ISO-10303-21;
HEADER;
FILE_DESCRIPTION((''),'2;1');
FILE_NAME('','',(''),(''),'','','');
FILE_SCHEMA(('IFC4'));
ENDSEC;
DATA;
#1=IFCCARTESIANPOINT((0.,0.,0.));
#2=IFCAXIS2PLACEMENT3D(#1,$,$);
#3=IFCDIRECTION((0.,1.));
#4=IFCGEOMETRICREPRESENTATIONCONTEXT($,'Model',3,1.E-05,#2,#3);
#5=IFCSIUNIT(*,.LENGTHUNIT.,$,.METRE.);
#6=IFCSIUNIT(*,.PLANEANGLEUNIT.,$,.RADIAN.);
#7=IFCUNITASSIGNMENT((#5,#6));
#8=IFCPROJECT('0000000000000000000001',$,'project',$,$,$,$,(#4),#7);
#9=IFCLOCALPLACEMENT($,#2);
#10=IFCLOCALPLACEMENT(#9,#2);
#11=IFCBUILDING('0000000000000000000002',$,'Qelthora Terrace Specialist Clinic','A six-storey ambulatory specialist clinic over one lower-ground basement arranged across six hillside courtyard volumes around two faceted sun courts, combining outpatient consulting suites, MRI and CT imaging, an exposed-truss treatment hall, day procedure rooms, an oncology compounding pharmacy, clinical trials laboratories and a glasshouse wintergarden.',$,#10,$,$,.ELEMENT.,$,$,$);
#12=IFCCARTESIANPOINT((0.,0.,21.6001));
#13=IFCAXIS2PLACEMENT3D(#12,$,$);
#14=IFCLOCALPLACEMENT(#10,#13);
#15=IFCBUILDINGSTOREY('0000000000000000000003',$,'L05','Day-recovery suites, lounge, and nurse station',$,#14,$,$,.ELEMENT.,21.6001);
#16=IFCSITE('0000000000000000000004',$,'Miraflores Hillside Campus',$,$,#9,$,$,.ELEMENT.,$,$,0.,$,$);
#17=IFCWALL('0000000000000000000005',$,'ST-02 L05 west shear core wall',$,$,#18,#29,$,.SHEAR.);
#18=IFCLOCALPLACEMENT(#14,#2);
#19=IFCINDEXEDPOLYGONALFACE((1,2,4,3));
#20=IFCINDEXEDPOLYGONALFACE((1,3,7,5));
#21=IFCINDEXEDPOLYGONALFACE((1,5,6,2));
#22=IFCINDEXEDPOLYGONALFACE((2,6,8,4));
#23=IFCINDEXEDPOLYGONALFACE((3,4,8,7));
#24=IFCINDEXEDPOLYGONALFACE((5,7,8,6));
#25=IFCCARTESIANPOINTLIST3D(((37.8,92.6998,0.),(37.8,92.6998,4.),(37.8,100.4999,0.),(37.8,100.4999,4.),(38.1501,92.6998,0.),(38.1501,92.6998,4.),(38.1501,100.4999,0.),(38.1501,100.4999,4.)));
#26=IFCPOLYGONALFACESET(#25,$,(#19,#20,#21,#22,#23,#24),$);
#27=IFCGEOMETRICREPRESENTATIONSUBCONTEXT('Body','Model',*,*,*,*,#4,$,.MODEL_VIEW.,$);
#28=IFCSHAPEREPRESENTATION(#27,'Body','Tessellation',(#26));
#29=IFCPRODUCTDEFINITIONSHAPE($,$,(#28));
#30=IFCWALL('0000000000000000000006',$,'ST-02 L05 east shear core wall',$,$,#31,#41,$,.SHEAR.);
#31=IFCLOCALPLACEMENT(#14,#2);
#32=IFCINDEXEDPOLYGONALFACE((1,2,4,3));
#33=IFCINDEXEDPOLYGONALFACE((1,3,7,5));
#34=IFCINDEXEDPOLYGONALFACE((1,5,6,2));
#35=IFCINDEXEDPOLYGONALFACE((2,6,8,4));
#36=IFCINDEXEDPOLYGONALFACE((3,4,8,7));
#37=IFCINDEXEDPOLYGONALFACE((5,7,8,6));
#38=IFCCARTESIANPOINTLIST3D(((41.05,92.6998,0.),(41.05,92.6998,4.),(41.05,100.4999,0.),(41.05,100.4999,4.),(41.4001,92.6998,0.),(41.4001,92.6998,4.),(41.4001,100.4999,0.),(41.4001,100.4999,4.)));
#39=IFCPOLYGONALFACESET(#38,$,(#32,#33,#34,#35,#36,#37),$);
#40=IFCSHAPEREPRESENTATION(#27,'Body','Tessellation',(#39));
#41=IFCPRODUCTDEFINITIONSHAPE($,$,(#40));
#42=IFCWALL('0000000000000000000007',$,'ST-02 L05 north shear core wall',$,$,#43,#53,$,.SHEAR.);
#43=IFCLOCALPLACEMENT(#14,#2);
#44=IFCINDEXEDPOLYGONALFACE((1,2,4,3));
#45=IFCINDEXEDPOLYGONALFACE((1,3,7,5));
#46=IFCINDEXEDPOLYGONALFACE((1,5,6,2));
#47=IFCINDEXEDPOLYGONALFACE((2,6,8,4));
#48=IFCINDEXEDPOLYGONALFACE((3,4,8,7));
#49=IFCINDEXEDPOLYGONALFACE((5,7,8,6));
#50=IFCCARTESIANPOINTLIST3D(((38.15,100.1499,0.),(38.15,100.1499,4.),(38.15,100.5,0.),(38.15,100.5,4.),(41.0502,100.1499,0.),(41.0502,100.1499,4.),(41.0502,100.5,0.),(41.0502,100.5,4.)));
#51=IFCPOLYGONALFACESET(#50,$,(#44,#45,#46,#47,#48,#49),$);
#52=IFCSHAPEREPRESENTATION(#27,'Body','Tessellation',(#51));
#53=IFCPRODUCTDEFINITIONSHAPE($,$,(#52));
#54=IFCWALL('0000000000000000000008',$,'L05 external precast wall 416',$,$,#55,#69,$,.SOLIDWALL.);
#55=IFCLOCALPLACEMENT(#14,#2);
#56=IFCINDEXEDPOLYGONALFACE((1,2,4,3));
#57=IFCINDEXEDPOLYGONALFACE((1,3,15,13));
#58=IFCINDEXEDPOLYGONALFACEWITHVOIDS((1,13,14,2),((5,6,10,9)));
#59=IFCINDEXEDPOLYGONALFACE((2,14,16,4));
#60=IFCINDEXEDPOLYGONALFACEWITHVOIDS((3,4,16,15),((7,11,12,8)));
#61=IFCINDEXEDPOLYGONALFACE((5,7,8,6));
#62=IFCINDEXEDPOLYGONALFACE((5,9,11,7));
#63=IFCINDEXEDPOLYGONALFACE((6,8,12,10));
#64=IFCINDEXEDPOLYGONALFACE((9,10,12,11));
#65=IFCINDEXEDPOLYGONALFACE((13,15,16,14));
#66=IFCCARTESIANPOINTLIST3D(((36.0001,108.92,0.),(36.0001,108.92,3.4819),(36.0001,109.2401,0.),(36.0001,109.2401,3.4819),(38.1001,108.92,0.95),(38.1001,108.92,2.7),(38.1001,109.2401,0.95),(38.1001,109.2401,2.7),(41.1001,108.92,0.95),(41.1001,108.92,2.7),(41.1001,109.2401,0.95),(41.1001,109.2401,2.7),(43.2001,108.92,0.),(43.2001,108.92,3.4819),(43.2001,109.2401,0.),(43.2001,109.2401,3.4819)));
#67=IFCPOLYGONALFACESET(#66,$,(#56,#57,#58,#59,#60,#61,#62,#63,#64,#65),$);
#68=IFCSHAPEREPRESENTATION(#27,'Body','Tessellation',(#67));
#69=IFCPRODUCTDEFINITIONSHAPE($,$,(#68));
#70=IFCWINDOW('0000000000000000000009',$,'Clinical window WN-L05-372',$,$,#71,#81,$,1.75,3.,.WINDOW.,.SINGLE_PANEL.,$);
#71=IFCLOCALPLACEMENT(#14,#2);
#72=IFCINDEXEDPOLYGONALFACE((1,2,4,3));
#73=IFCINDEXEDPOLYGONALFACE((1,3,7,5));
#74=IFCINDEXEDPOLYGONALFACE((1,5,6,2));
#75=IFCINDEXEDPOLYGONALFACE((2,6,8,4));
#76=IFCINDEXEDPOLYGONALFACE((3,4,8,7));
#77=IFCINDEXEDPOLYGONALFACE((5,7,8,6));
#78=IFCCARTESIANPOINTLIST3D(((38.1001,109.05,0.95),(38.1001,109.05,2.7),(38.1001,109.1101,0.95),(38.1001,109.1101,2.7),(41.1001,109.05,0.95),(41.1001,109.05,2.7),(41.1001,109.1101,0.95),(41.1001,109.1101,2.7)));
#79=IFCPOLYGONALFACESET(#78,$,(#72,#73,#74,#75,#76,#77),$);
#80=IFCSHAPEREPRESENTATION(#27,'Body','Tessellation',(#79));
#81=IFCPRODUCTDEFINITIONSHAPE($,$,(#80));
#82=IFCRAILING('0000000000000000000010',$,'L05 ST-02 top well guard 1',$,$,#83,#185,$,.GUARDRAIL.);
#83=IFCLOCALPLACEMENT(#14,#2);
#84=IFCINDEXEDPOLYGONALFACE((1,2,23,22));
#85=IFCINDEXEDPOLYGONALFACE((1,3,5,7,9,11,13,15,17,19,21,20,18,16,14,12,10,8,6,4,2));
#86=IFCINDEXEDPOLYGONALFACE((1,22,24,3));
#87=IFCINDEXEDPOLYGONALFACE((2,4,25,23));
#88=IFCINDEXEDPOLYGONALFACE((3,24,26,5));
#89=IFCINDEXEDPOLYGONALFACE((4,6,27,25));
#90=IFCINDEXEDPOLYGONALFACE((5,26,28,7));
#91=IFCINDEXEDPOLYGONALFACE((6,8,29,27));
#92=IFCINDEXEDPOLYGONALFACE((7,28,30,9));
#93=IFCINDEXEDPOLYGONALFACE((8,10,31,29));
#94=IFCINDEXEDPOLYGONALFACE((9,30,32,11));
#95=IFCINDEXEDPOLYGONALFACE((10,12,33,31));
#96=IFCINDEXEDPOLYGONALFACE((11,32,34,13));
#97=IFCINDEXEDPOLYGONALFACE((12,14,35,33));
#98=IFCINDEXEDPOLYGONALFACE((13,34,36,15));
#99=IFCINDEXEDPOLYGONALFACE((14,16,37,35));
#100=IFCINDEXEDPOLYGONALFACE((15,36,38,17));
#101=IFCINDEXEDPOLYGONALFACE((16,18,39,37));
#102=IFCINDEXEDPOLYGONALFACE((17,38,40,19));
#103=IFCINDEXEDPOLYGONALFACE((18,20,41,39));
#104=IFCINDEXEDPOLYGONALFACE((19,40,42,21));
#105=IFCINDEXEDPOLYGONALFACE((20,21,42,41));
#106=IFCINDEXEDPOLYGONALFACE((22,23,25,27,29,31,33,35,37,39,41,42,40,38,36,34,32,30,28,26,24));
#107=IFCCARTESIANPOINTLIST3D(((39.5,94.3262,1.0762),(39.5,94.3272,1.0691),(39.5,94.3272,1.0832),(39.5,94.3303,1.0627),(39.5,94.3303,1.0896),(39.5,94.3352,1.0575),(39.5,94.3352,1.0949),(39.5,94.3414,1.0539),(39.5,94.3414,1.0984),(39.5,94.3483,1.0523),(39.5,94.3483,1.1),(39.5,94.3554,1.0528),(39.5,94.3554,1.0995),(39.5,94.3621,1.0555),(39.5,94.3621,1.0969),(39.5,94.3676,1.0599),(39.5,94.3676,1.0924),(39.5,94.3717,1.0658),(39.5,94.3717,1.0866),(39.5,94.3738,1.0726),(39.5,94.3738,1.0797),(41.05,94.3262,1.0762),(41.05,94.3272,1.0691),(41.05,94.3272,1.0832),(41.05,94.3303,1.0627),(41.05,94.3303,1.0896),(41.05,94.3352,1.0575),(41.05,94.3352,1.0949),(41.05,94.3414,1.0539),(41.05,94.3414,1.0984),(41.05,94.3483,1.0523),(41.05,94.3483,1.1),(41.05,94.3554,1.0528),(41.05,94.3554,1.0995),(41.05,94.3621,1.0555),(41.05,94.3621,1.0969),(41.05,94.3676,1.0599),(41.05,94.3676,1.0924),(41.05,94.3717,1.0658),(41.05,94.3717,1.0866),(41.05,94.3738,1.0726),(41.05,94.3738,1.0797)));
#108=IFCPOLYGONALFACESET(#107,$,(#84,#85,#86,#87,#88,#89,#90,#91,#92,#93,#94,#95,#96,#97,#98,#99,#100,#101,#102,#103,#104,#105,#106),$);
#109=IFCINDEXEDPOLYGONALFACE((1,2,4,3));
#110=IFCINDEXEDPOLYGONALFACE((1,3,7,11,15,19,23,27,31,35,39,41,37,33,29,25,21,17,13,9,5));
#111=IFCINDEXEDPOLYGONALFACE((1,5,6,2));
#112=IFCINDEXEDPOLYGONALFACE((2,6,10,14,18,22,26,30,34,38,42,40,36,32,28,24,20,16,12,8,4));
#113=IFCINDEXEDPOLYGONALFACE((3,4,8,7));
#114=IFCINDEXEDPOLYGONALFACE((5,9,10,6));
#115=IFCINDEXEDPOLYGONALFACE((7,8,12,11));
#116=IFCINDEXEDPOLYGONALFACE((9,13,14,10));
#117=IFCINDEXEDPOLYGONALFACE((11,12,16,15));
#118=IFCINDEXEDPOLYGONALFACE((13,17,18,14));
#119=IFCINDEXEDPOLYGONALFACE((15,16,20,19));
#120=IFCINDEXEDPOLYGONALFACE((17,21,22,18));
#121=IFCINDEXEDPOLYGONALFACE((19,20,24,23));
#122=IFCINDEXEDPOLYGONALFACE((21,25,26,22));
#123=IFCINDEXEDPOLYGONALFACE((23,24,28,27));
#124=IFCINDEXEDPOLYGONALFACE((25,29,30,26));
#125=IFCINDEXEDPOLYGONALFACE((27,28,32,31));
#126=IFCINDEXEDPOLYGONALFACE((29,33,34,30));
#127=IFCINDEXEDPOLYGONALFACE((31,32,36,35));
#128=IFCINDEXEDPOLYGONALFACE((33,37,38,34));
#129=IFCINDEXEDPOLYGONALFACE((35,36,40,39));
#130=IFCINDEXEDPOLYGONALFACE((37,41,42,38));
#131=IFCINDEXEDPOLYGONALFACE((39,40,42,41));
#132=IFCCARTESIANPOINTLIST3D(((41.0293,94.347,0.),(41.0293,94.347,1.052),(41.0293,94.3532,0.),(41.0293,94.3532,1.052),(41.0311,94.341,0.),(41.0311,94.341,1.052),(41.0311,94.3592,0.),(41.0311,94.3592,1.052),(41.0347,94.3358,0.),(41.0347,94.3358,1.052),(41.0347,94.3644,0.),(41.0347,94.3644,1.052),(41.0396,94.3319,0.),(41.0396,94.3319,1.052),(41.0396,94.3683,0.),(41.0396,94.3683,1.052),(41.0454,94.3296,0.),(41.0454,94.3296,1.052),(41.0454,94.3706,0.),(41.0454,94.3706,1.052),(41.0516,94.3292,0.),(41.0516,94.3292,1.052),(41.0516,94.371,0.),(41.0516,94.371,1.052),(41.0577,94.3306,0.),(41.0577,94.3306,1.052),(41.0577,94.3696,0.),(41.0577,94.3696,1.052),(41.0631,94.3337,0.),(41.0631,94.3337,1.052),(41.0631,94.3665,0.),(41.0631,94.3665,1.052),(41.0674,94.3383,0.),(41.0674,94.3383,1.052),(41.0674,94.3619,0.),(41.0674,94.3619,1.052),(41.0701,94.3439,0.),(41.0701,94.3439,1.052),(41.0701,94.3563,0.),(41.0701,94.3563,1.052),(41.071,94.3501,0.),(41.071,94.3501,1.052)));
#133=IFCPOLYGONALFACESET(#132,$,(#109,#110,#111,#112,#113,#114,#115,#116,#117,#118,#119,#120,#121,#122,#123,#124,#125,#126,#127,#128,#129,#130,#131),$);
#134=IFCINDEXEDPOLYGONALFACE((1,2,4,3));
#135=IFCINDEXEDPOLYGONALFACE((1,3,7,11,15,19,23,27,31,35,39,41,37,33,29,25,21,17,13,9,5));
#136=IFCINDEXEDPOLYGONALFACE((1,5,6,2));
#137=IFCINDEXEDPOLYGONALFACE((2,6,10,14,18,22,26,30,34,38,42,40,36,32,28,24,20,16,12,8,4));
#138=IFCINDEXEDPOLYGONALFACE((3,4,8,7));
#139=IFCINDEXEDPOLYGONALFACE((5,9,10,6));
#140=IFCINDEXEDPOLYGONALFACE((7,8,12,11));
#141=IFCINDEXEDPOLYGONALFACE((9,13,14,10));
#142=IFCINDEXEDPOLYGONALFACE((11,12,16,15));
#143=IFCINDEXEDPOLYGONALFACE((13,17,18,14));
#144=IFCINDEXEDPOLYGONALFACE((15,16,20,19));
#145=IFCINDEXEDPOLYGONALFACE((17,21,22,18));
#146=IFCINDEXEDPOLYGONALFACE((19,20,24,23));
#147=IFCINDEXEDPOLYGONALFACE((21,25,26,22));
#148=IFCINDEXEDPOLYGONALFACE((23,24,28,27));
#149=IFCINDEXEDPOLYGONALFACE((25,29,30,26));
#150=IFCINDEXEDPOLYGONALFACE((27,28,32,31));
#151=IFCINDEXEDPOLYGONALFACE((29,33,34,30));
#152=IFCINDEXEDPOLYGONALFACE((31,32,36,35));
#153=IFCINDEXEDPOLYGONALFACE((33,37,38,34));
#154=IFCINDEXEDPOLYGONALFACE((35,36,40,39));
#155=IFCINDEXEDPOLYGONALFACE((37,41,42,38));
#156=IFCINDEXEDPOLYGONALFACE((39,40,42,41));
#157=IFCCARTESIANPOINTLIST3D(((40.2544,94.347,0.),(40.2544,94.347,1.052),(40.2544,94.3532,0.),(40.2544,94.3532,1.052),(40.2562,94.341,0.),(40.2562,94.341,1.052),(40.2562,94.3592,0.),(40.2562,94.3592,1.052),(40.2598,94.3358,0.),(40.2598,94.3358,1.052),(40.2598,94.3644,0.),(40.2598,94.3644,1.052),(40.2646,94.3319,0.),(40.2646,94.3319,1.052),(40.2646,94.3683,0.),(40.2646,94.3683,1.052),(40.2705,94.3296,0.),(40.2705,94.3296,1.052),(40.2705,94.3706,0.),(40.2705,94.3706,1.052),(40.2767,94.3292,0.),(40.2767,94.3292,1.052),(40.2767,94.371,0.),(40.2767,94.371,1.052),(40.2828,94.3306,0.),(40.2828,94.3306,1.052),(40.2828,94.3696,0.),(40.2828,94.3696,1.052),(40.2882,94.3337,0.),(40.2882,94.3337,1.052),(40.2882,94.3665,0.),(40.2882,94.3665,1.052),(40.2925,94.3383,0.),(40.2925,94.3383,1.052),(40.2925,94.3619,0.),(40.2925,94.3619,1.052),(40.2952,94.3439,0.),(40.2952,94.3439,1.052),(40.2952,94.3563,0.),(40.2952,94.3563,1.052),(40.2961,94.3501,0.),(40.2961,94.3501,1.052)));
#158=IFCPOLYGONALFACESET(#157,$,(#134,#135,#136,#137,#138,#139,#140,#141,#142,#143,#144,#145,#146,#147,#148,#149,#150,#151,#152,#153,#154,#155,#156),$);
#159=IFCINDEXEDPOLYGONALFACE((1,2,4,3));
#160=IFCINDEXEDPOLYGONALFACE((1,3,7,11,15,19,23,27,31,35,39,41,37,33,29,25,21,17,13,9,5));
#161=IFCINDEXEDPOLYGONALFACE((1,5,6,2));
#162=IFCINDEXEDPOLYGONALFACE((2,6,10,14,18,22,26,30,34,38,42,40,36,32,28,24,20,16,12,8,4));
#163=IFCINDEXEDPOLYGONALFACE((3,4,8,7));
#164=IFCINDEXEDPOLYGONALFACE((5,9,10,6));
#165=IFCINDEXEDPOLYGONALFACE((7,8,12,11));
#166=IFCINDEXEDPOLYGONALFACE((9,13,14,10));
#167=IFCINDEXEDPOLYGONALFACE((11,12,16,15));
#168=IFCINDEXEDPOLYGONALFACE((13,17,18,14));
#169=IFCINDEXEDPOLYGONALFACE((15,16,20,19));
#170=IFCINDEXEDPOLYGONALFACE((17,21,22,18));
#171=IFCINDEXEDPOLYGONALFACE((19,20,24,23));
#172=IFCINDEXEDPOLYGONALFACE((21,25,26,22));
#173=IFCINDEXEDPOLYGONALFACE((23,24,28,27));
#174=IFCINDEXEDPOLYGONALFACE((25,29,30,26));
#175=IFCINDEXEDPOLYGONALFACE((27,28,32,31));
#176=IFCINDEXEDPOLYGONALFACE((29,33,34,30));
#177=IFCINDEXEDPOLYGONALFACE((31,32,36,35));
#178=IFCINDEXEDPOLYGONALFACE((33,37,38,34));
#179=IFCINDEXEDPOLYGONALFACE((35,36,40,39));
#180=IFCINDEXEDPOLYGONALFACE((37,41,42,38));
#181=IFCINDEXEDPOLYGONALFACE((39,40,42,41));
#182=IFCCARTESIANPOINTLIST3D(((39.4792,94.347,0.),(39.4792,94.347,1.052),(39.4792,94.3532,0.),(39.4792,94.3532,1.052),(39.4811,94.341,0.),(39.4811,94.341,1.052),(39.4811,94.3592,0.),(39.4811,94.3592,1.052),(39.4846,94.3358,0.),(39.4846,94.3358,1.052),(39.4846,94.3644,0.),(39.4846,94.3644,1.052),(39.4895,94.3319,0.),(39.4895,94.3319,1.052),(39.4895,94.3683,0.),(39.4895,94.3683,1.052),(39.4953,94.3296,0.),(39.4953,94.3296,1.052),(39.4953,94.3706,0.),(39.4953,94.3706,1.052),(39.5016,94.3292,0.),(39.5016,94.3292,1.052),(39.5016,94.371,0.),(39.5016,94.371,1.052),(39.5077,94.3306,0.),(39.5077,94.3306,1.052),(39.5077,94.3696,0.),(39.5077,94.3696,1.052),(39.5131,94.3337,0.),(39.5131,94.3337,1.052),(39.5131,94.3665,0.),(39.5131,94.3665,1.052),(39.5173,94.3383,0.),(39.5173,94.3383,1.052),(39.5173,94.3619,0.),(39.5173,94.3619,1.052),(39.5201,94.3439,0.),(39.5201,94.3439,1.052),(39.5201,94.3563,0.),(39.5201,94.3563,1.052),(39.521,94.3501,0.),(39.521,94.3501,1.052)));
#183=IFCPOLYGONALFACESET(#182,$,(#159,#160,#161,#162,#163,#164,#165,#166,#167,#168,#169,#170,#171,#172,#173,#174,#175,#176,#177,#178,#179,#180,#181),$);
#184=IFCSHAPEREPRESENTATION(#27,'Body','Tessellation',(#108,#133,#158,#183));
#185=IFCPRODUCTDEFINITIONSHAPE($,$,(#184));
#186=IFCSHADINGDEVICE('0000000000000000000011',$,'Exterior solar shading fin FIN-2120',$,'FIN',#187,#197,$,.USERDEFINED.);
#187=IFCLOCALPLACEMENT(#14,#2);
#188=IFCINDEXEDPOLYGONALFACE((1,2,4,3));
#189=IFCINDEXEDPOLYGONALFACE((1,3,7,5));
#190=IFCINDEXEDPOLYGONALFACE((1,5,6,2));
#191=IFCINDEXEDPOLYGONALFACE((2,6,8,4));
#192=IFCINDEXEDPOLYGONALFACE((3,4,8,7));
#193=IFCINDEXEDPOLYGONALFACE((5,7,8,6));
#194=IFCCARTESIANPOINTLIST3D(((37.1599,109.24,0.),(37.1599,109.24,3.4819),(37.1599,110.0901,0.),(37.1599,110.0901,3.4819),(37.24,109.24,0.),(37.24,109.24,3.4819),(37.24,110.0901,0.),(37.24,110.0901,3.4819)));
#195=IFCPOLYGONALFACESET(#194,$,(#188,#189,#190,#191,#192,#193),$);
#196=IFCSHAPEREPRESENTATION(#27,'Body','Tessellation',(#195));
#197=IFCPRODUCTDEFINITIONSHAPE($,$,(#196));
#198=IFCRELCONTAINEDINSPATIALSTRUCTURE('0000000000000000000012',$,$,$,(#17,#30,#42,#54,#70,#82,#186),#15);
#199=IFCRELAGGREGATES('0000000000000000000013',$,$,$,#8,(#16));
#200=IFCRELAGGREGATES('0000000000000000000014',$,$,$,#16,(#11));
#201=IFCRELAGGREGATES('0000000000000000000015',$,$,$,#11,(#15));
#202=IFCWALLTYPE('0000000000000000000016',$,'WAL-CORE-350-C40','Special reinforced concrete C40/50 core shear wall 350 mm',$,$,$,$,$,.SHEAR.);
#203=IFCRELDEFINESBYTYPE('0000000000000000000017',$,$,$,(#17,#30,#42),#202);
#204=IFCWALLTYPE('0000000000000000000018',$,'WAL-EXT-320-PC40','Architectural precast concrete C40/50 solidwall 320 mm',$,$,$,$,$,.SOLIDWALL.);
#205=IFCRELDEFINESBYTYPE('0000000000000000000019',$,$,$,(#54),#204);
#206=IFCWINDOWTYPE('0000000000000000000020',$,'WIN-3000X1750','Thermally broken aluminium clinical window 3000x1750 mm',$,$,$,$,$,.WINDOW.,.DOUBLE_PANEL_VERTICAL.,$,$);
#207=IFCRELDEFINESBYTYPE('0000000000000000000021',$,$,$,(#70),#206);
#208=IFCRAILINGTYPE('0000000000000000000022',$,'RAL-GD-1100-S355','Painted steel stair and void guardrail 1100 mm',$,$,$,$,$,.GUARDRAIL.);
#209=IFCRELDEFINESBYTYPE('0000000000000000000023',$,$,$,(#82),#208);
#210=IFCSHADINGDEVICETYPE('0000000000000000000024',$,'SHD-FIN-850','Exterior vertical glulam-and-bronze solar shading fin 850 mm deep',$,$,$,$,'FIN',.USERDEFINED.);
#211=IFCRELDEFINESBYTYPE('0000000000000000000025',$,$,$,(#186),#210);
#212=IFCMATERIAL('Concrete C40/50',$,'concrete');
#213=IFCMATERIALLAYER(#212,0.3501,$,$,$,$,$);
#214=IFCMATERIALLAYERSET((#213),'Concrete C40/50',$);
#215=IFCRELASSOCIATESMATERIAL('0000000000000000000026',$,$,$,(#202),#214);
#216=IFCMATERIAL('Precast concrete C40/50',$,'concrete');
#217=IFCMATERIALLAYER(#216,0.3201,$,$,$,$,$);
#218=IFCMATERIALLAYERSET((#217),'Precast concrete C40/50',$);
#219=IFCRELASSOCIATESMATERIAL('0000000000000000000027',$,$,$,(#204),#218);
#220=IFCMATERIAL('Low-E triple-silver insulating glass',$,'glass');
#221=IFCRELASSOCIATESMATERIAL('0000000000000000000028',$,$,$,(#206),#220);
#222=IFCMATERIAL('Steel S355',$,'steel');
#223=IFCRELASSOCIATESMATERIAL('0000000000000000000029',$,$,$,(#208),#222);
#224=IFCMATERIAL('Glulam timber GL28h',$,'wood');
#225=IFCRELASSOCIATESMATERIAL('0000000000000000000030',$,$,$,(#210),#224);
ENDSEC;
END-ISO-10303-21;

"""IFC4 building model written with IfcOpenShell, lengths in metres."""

from ifc_helpers import new_model, si_unit, direction, frame, frame_2d, origin, origin_2d, place, context, subcontext, project, spatial, rectangle, circle, extrude, material, layer, layer_set, type_object, element, fill, save


model = new_model("IFC4")

# Units and contexts
model_context = context("Model", 3, precision=1e-05, world=origin(), true_north=direction((0.0, 1.0)))
body_context = subcontext(model_context, "Body", "Model", "MODEL_VIEW")
ifc_project = project(units=[si_unit("LENGTHUNIT", "METRE"), si_unit("PLANEANGLEUNIT", "RADIAN")], contexts=[model_context])

# Site, building, storey
site_placement = place(None, origin())
site = spatial("IfcSite", under=ifc_project, at=site_placement, Name="Miraflores Hillside Campus", CompositionType="ELEMENT", RefElevation=0.0)
building_placement = place(site_placement, origin())
building = spatial("IfcBuilding", under=site, at=building_placement, Name="Qelthora Terrace Specialist Clinic", Description="A six-storey ambulatory specialist clinic over one lower-ground basement arranged across six hillside courtyard volumes around two faceted sun courts, combining outpatient consulting suites, MRI and CT imaging, an exposed-truss treatment hall, day procedure rooms, an oncology compounding pharmacy, clinical trials laboratories and a glasshouse wintergarden.", CompositionType="ELEMENT")
storey_placement = place(building_placement, frame((0.0, 0.0, 21.6001)))
storey = spatial("IfcBuildingStorey", under=building, at=storey_placement, Name="L05", Description="Day-recovery suites, lounge, and nurse station", CompositionType="ELEMENT", Elevation=21.6001)

# Shared definitions
ifc_material_1 = material(Name="Steel S355", Category="steel")

# Shared definitions
ifc_material_2 = material(Name="Low-E triple-silver insulating glass", Category="glass")

# Walls
ifc_material_3 = material(Name="Concrete C40/50", Category="concrete")
ifc_layer_1 = layer(ifc_material_3, 0.3501)
ifc_layer_set_1 = layer_set([ifc_layer_1], Name="Concrete C40/50")
wall_type_1 = type_object("IfcWallType", Name="WAL-CORE-350-C40", Description="Special reinforced concrete C40/50 core shear wall 350 mm", PredefinedType="SHEAR", material=ifc_layer_set_1)
for number, where, z_axis, x_axis, name in (
    (1, (37.9751, 92.7, 0.0), (0.0, 0.0, 1.0), (0.0, 1.0, 0.0), "ST-02 L05 west shear core wall"),
    (2, (41.2251, 92.7, 0.0), (0.0, 0.0, 1.0), (0.0, 1.0, 0.0), "ST-02 L05 east shear core wall"),
):
    element("IfcWall", number, at=place(storey_placement, frame(where, z_axis=z_axis, x_axis=x_axis)), inside=storey, type_object=wall_type_1, Name=name, PredefinedType="SHEAR", context=body_context, shape_type="SweptSolid", body=[
        extrude(rectangle(XDim=7.8, YDim=0.3501, at=frame_2d((3.8999, 0.0))), origin(), (0.0, 0.0, 1.0), 4.0),
    ])
wall_1_placement = place(storey_placement, frame((38.1499, 100.325, 0.0), z_axis=(0.0, 0.0, 1.0), x_axis=(1.0, 0.0, 0.0)))
element("IfcWall", 3, at=wall_1_placement, inside=storey, type_object=wall_type_1, Name="ST-02 L05 north shear core wall", PredefinedType="SHEAR", context=body_context, shape_type="SweptSolid", body=[
    extrude(rectangle(XDim=2.9001, YDim=0.3501, at=frame_2d((1.4502, 0.0))), origin(), (0.0, 0.0, 1.0), 4.0),
])

# Wall, opening, window
ifc_material_4 = material(Name="Precast concrete C40/50", Category="concrete")
ifc_layer_2 = layer(ifc_material_4, 0.3201)
ifc_layer_set_2 = layer_set([ifc_layer_2], Name="Precast concrete C40/50")
wall_type_2 = type_object("IfcWallType", Name="WAL-EXT-320-PC40", Description="Architectural precast concrete C40/50 solidwall 320 mm", PredefinedType="SOLIDWALL", material=ifc_layer_set_2)
wall_2_placement = place(storey_placement, frame((36.0, 109.0801, 0.0), z_axis=(0.0, 0.0, 1.0), x_axis=(1.0, 0.0, 0.0)))
wall_2 = element("IfcWall", 4, at=wall_2_placement, inside=storey, type_object=wall_type_2, Name="L05 external precast wall 416", PredefinedType="SOLIDWALL", context=body_context, shape_type="SweptSolid", body=[
    extrude(rectangle(XDim=7.2, YDim=0.3201, at=frame_2d((3.6001, 0.0))), origin(), (0.0, 0.0, 1.0), 3.4819),
])
opening_1_placement = place(wall_2_placement, frame((2.1001, 0.0, 0.95)))
opening_1 = element("IfcOpeningElement", 5, at=opening_1_placement, cuts=wall_2, PredefinedType="OPENING", context=body_context, shape_type="SweptSolid", body=[
    extrude(rectangle(XDim=3.0, YDim=1.75, at=frame_2d((1.5, 0.875))), frame((0.0, 0.1699, 0.0), z_axis=(0.0, -1.0, 0.0), x_axis=(1.0, 0.0, 0.0)), (0.0, 0.0, 1.0), 0.3401),
])
window_type = type_object("IfcWindowType", Name="WIN-3000X1750", Description="Thermally broken aluminium clinical window 3000x1750 mm", PartitioningType="DOUBLE_PANEL_VERTICAL", PredefinedType="WINDOW", material=ifc_material_2)
window_placement = place(opening_1_placement, origin())
window = element("IfcWindow", 6, at=window_placement, inside=storey, type_object=window_type, Name="Clinical window WN-L05-372", OverallHeight=1.75, OverallWidth=3.0, PartitioningType="SINGLE_PANEL", PredefinedType="WINDOW", context=body_context, shape_type="SweptSolid", body=[
    extrude(rectangle(XDim=3.0, YDim=1.75, at=frame_2d((1.5, 0.875))), frame((0.0, 0.03, 0.0), z_axis=(0.0, -1.0, 0.0), x_axis=(1.0, 0.0, 0.0)), (0.0, 0.0, 1.0), 0.0601),
])
fill(opening_1, window)

# Railing
railing_type = type_object("IfcRailingType", Name="RAL-GD-1100-S355", Description="Painted steel stair and void guardrail 1100 mm", PredefinedType="GUARDRAIL", material=ifc_material_1)
railing_placement = place(storey_placement, frame((41.05, 94.3501, 0.0)))
element("IfcRailing", 7, at=railing_placement, inside=storey, type_object=railing_type, Name="L05 ST-02 top well guard 1", PredefinedType="GUARDRAIL", context=body_context, shape_type="SweptSolid", body=[
    extrude(circle(Radius=0.0239, at=origin_2d()), frame((0.0, 0.0, 1.0762), z_axis=(-1.0, 0.0, 0.0), x_axis=(0.0, -1.0, 0.0)), (0.0, 0.0, 1.0), 1.55),
    extrude(circle(Radius=0.021, at=origin_2d()), origin(), (0.0, 0.0, 1.0), 1.052),
    extrude(circle(Radius=0.021, at=origin_2d()), frame((-0.7749, 0.0, 0.0)), (0.0, 0.0, 1.0), 1.052),
    extrude(circle(Radius=0.021, at=origin_2d()), frame((-1.55, 0.0, 0.0)), (0.0, 0.0, 1.0), 1.052),
])

# Shading device
ifc_material_5 = material(Name="Glulam timber GL28h", Category="wood")
shading_device_type = type_object("IfcShadingDeviceType", Name="SHD-FIN-850", Description="Exterior vertical glulam-and-bronze solar shading fin 850 mm deep", ElementType="FIN", PredefinedType="USERDEFINED", material=ifc_material_5)
for number, where, z_axis, x_axis, name in (
    (8, (37.2, 109.665, 0.0), (0.0, 0.0, 1.0), (0.0, 1.0, 0.0), "Exterior solar shading fin FIN-2120"),
):
    element("IfcShadingDevice", number, at=place(storey_placement, frame(where, z_axis=z_axis, x_axis=x_axis)), inside=storey, type_object=shading_device_type, Name=name, ObjectType="FIN", PredefinedType="USERDEFINED", context=body_context, shape_type="SweptSolid", body=[
        extrude(rectangle(XDim=0.8501, YDim=0.0801, at=origin_2d()), origin(), (0.0, 0.0, 1.0), 3.4819),
    ])

save(model, "model.ifc")
